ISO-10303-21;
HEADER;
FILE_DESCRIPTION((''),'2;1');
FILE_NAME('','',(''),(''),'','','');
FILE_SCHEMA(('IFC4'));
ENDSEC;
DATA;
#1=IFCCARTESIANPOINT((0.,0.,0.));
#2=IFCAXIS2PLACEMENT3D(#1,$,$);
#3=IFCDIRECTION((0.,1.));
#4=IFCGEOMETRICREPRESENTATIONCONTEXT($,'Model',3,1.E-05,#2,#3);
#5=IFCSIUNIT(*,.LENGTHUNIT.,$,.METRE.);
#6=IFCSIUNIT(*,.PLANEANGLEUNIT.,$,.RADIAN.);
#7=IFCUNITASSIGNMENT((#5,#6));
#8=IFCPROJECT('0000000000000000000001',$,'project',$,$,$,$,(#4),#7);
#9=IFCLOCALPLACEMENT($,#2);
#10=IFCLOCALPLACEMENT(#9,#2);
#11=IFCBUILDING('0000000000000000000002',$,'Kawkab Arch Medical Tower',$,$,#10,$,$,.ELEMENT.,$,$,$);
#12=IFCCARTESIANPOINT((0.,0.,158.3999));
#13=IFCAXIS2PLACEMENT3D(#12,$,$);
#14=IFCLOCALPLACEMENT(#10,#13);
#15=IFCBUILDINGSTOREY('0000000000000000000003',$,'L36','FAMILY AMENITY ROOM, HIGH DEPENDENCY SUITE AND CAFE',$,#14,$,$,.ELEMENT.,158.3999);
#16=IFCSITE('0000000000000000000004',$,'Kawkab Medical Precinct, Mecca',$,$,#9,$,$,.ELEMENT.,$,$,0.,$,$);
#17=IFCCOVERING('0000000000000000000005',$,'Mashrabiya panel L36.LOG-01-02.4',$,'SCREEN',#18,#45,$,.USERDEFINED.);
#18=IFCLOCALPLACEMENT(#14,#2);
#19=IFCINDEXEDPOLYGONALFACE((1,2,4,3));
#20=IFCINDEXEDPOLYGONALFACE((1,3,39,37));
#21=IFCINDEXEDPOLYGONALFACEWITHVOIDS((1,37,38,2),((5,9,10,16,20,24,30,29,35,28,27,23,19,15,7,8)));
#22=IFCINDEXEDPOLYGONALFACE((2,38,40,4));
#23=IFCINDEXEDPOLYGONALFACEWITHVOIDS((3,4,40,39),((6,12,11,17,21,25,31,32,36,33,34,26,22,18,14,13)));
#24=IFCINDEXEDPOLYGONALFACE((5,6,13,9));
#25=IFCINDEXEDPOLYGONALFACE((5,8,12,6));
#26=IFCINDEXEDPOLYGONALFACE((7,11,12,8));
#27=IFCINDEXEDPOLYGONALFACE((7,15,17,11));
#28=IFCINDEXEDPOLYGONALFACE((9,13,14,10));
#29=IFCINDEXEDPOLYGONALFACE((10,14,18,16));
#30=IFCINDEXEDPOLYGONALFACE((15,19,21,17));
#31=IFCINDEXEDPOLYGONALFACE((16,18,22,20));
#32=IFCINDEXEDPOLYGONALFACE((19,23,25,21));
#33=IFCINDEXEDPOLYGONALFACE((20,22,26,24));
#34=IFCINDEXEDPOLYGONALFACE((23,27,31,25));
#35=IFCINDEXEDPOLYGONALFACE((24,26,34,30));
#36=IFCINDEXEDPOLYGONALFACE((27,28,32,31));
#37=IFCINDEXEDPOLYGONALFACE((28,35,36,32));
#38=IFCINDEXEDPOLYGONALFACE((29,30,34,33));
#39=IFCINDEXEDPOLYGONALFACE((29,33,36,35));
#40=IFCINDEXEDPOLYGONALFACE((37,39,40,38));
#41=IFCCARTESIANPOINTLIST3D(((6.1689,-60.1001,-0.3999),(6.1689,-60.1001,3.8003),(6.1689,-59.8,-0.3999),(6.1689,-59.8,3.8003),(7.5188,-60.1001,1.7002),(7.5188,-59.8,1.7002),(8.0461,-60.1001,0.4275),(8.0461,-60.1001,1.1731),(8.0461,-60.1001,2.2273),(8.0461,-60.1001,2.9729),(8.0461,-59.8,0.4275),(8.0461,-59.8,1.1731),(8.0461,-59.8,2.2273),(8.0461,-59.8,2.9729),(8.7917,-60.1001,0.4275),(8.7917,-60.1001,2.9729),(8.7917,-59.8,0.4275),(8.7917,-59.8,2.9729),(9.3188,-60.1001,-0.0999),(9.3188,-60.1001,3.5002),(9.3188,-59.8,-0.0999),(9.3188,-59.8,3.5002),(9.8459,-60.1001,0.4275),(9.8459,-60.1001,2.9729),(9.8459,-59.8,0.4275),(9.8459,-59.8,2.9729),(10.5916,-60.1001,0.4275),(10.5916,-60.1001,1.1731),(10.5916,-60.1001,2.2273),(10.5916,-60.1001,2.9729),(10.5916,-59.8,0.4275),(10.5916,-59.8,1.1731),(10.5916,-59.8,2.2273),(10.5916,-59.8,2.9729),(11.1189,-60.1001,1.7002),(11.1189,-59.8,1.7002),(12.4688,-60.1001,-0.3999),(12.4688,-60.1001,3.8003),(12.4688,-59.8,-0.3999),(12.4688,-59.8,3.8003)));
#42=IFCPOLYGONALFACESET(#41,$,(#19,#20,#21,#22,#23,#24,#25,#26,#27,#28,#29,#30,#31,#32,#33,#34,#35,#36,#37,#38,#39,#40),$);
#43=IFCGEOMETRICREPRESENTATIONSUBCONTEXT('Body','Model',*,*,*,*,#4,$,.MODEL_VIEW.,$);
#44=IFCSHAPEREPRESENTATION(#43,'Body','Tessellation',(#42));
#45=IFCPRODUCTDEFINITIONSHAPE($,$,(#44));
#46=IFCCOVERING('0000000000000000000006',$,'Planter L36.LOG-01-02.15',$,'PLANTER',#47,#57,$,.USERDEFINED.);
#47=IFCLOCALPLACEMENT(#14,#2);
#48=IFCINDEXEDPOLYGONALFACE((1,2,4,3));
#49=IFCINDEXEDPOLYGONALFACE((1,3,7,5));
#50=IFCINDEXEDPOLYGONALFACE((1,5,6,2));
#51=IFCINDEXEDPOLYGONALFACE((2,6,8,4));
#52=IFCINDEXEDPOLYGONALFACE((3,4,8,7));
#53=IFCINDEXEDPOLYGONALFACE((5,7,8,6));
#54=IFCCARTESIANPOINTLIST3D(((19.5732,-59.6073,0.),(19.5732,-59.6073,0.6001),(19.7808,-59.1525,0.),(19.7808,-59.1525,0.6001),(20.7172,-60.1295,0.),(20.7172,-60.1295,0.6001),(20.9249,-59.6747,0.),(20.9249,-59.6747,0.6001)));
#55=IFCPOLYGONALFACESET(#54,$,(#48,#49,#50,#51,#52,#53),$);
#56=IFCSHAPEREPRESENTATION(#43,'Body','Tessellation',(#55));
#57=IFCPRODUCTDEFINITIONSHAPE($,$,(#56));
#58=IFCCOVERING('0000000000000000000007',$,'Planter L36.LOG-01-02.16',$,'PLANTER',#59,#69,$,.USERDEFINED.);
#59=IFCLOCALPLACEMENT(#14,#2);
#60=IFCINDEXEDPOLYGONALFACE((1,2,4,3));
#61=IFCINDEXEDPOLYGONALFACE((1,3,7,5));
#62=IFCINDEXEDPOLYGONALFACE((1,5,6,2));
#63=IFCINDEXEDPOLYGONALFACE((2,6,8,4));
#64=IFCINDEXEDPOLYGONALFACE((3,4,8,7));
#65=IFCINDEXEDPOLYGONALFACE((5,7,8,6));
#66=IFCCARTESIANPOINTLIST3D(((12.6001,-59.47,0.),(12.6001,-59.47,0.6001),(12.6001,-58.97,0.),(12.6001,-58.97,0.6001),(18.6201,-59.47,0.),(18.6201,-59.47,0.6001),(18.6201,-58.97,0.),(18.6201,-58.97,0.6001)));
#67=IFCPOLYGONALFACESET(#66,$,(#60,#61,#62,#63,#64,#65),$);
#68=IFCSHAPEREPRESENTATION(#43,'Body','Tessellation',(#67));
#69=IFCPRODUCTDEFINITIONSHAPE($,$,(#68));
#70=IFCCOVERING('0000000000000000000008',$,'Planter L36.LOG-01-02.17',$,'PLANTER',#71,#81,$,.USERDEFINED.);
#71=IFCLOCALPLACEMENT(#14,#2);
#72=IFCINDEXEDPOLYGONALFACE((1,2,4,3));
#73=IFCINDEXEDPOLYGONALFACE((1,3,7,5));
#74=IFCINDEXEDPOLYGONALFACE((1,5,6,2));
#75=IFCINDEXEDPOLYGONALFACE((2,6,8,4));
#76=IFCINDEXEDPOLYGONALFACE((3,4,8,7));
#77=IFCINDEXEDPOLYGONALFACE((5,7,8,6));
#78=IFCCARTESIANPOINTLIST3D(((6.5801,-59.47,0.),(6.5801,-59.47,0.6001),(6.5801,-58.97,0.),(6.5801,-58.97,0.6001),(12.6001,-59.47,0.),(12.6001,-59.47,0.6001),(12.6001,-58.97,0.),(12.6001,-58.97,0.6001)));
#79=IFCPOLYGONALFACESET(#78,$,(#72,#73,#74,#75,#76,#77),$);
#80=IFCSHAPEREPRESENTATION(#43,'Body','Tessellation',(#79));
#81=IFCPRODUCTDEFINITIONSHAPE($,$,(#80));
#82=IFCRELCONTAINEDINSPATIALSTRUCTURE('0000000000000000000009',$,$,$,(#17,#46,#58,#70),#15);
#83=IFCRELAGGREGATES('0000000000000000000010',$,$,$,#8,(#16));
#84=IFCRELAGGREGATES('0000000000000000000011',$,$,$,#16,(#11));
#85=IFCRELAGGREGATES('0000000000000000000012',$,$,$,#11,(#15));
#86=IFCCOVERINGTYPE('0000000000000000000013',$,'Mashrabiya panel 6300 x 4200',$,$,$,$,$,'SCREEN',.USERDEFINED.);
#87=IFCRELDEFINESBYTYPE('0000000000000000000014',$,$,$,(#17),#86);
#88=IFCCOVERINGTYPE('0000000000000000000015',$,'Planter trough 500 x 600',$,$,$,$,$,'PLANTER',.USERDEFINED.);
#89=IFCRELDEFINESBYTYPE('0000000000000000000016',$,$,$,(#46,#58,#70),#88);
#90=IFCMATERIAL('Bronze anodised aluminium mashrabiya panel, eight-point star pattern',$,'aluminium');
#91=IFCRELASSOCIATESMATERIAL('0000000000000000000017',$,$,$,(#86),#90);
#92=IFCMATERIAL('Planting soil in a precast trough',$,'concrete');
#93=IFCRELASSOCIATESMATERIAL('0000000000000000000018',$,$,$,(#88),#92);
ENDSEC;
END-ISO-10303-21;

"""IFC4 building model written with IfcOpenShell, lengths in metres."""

from ifc_helpers import new_model, si_unit, direction, frame, origin, origin_2d, place, context, subcontext, project, spatial, polyline, rectangle, outline, extrude, material, material_profile, profile_set, type_object, element, save


model = new_model("IFC4")

# Units and contexts
model_context = context("Model", 3, precision=1e-05, world=origin(), true_north=direction((0.0, 1.0)))
body_context = subcontext(model_context, "Body", "Model", "MODEL_VIEW")
ifc_project = project(units=[si_unit("LENGTHUNIT", "METRE"), si_unit("PLANEANGLEUNIT", "RADIAN")], contexts=[model_context])

# Site, building, storey
site_placement = place(None, origin())
site = spatial("IfcSite", under=ifc_project, at=site_placement, Name="Kawkab Medical Precinct, Mecca", CompositionType="ELEMENT", RefElevation=0.0)
building_placement = place(site_placement, origin())
building = spatial("IfcBuilding", under=site, at=building_placement, Name="Kawkab Arch Medical Tower", CompositionType="ELEMENT")
storey_placement = place(building_placement, frame((0.0, 0.0, 158.3999)))
storey = spatial("IfcBuildingStorey", under=building, at=storey_placement, Name="L36", Description="FAMILY AMENITY ROOM, HIGH DEPENDENCY SUITE AND CAFE", CompositionType="ELEMENT", Elevation=158.3999)

# Coverings
ifc_material_1 = material(Name="Bronze anodised aluminium mashrabiya panel, eight-point star pattern", Category="aluminium")
ifc_material_profile_1 = material_profile(ifc_material_1, outline(polyline([(-3.1499, -2.1001), (3.1499, -2.1001), (3.1499, 2.1001), (-3.1499, 2.1001), (-3.1499, -2.1001)]), holes=[polyline([(1.8, 0.0), (1.2727, 0.5271), (1.2727, 1.2727), (0.5271, 1.2727), (0.0, 1.8), (-0.5271, 1.2727), (-1.2727, 1.2727), (-1.2727, 0.5271), (-1.8, 0.0), (-1.2727, -0.5271), (-1.2727, -1.2727), (-0.5271, -1.2727), (0.0, -1.8), (0.5271, -1.2727), (1.2727, -1.2727), (1.2727, -0.5271), (1.8, 0.0)])]), Name="Mashrabiya panel 6300x4200")
ifc_profile_set_1 = profile_set([ifc_material_profile_1], Name="Bronze anodised aluminium mashrabiya panel, eight-point star pattern")
covering_type_1 = type_object("IfcCoveringType", Name="Mashrabiya panel 6300 x 4200", ElementType="SCREEN", PredefinedType="USERDEFINED", material=ifc_profile_set_1)
covering_1_placement = place(storey_placement, frame((9.3188, -59.8, 1.7002), z_axis=(0.0, -1.0, 0.0), x_axis=(1.0, 0.0, 0.0)))
element("IfcCovering", 1, at=covering_1_placement, inside=storey, type_object=covering_type_1, Name="Mashrabiya panel L36.LOG-01-02.4", ObjectType="SCREEN", PredefinedType="USERDEFINED", context=body_context, shape_type="SweptSolid", body=[
    extrude(outline(polyline([(-3.1499, -2.1001), (3.1499, -2.1001), (3.1499, 2.1001), (-3.1499, 2.1001), (-3.1499, -2.1001)]), holes=[polyline([(1.8, 0.0), (1.2727, 0.5271), (1.2727, 1.2727), (0.5271, 1.2727), (0.0, 1.8), (-0.5271, 1.2727), (-1.2727, 1.2727), (-1.2727, 0.5271), (-1.8, 0.0), (-1.2727, -0.5271), (-1.2727, -1.2727), (-0.5271, -1.2727), (0.0, -1.8), (0.5271, -1.2727), (1.2727, -1.2727), (1.2727, -0.5271), (1.8, 0.0)])]), origin(), (0.0, 0.0, 1.0), 0.3),
])
ifc_material_2 = material(Name="Planting soil in a precast trough", Category="concrete")
ifc_material_profile_2 = material_profile(ifc_material_2, rectangle(XDim=0.5, YDim=0.6001, at=origin_2d()), Name="Trough 500x600")
ifc_profile_set_2 = profile_set([ifc_material_profile_2], Name="Planting soil in a precast trough")
covering_type_2 = type_object("IfcCoveringType", Name="Planter trough 500 x 600", ElementType="PLANTER", PredefinedType="USERDEFINED", material=ifc_profile_set_2)
covering_2_placement = place(storey_placement, frame((20.821, -59.9021, 0.3), z_axis=(-0.909707, 0.41525, 0.0), x_axis=(-0.41525, -0.909707, 0.0)))
element("IfcCovering", 2, at=covering_2_placement, inside=storey, type_object=covering_type_2, Name="Planter L36.LOG-01-02.15", ObjectType="PLANTER", PredefinedType="USERDEFINED", context=body_context, shape_type="SweptSolid", body=[
    extrude(rectangle(XDim=0.5, YDim=0.6001, at=origin_2d()), origin(), (0.0, 0.0, 1.0), 1.2576),
])
for number, where, z_axis, x_axis, name in (
    (3, (18.6201, -59.22, 0.3), (-1.0, 0.0, 0.0), (0.0, -1.0, 0.0), "Planter L36.LOG-01-02.16"),
    (4, (12.6001, -59.22, 0.3), (-1.0, 0.0, 0.0), (0.0, -1.0, 0.0), "Planter L36.LOG-01-02.17"),
):
    element("IfcCovering", number, at=place(storey_placement, frame(where, z_axis=z_axis, x_axis=x_axis)), inside=storey, type_object=covering_type_2, Name=name, ObjectType="PLANTER", PredefinedType="USERDEFINED", context=body_context, shape_type="SweptSolid", body=[
        extrude(rectangle(XDim=0.5, YDim=0.6001, at=origin_2d()), origin(), (0.0, 0.0, 1.0), 6.02),
    ])

save(model, "model.ifc")
